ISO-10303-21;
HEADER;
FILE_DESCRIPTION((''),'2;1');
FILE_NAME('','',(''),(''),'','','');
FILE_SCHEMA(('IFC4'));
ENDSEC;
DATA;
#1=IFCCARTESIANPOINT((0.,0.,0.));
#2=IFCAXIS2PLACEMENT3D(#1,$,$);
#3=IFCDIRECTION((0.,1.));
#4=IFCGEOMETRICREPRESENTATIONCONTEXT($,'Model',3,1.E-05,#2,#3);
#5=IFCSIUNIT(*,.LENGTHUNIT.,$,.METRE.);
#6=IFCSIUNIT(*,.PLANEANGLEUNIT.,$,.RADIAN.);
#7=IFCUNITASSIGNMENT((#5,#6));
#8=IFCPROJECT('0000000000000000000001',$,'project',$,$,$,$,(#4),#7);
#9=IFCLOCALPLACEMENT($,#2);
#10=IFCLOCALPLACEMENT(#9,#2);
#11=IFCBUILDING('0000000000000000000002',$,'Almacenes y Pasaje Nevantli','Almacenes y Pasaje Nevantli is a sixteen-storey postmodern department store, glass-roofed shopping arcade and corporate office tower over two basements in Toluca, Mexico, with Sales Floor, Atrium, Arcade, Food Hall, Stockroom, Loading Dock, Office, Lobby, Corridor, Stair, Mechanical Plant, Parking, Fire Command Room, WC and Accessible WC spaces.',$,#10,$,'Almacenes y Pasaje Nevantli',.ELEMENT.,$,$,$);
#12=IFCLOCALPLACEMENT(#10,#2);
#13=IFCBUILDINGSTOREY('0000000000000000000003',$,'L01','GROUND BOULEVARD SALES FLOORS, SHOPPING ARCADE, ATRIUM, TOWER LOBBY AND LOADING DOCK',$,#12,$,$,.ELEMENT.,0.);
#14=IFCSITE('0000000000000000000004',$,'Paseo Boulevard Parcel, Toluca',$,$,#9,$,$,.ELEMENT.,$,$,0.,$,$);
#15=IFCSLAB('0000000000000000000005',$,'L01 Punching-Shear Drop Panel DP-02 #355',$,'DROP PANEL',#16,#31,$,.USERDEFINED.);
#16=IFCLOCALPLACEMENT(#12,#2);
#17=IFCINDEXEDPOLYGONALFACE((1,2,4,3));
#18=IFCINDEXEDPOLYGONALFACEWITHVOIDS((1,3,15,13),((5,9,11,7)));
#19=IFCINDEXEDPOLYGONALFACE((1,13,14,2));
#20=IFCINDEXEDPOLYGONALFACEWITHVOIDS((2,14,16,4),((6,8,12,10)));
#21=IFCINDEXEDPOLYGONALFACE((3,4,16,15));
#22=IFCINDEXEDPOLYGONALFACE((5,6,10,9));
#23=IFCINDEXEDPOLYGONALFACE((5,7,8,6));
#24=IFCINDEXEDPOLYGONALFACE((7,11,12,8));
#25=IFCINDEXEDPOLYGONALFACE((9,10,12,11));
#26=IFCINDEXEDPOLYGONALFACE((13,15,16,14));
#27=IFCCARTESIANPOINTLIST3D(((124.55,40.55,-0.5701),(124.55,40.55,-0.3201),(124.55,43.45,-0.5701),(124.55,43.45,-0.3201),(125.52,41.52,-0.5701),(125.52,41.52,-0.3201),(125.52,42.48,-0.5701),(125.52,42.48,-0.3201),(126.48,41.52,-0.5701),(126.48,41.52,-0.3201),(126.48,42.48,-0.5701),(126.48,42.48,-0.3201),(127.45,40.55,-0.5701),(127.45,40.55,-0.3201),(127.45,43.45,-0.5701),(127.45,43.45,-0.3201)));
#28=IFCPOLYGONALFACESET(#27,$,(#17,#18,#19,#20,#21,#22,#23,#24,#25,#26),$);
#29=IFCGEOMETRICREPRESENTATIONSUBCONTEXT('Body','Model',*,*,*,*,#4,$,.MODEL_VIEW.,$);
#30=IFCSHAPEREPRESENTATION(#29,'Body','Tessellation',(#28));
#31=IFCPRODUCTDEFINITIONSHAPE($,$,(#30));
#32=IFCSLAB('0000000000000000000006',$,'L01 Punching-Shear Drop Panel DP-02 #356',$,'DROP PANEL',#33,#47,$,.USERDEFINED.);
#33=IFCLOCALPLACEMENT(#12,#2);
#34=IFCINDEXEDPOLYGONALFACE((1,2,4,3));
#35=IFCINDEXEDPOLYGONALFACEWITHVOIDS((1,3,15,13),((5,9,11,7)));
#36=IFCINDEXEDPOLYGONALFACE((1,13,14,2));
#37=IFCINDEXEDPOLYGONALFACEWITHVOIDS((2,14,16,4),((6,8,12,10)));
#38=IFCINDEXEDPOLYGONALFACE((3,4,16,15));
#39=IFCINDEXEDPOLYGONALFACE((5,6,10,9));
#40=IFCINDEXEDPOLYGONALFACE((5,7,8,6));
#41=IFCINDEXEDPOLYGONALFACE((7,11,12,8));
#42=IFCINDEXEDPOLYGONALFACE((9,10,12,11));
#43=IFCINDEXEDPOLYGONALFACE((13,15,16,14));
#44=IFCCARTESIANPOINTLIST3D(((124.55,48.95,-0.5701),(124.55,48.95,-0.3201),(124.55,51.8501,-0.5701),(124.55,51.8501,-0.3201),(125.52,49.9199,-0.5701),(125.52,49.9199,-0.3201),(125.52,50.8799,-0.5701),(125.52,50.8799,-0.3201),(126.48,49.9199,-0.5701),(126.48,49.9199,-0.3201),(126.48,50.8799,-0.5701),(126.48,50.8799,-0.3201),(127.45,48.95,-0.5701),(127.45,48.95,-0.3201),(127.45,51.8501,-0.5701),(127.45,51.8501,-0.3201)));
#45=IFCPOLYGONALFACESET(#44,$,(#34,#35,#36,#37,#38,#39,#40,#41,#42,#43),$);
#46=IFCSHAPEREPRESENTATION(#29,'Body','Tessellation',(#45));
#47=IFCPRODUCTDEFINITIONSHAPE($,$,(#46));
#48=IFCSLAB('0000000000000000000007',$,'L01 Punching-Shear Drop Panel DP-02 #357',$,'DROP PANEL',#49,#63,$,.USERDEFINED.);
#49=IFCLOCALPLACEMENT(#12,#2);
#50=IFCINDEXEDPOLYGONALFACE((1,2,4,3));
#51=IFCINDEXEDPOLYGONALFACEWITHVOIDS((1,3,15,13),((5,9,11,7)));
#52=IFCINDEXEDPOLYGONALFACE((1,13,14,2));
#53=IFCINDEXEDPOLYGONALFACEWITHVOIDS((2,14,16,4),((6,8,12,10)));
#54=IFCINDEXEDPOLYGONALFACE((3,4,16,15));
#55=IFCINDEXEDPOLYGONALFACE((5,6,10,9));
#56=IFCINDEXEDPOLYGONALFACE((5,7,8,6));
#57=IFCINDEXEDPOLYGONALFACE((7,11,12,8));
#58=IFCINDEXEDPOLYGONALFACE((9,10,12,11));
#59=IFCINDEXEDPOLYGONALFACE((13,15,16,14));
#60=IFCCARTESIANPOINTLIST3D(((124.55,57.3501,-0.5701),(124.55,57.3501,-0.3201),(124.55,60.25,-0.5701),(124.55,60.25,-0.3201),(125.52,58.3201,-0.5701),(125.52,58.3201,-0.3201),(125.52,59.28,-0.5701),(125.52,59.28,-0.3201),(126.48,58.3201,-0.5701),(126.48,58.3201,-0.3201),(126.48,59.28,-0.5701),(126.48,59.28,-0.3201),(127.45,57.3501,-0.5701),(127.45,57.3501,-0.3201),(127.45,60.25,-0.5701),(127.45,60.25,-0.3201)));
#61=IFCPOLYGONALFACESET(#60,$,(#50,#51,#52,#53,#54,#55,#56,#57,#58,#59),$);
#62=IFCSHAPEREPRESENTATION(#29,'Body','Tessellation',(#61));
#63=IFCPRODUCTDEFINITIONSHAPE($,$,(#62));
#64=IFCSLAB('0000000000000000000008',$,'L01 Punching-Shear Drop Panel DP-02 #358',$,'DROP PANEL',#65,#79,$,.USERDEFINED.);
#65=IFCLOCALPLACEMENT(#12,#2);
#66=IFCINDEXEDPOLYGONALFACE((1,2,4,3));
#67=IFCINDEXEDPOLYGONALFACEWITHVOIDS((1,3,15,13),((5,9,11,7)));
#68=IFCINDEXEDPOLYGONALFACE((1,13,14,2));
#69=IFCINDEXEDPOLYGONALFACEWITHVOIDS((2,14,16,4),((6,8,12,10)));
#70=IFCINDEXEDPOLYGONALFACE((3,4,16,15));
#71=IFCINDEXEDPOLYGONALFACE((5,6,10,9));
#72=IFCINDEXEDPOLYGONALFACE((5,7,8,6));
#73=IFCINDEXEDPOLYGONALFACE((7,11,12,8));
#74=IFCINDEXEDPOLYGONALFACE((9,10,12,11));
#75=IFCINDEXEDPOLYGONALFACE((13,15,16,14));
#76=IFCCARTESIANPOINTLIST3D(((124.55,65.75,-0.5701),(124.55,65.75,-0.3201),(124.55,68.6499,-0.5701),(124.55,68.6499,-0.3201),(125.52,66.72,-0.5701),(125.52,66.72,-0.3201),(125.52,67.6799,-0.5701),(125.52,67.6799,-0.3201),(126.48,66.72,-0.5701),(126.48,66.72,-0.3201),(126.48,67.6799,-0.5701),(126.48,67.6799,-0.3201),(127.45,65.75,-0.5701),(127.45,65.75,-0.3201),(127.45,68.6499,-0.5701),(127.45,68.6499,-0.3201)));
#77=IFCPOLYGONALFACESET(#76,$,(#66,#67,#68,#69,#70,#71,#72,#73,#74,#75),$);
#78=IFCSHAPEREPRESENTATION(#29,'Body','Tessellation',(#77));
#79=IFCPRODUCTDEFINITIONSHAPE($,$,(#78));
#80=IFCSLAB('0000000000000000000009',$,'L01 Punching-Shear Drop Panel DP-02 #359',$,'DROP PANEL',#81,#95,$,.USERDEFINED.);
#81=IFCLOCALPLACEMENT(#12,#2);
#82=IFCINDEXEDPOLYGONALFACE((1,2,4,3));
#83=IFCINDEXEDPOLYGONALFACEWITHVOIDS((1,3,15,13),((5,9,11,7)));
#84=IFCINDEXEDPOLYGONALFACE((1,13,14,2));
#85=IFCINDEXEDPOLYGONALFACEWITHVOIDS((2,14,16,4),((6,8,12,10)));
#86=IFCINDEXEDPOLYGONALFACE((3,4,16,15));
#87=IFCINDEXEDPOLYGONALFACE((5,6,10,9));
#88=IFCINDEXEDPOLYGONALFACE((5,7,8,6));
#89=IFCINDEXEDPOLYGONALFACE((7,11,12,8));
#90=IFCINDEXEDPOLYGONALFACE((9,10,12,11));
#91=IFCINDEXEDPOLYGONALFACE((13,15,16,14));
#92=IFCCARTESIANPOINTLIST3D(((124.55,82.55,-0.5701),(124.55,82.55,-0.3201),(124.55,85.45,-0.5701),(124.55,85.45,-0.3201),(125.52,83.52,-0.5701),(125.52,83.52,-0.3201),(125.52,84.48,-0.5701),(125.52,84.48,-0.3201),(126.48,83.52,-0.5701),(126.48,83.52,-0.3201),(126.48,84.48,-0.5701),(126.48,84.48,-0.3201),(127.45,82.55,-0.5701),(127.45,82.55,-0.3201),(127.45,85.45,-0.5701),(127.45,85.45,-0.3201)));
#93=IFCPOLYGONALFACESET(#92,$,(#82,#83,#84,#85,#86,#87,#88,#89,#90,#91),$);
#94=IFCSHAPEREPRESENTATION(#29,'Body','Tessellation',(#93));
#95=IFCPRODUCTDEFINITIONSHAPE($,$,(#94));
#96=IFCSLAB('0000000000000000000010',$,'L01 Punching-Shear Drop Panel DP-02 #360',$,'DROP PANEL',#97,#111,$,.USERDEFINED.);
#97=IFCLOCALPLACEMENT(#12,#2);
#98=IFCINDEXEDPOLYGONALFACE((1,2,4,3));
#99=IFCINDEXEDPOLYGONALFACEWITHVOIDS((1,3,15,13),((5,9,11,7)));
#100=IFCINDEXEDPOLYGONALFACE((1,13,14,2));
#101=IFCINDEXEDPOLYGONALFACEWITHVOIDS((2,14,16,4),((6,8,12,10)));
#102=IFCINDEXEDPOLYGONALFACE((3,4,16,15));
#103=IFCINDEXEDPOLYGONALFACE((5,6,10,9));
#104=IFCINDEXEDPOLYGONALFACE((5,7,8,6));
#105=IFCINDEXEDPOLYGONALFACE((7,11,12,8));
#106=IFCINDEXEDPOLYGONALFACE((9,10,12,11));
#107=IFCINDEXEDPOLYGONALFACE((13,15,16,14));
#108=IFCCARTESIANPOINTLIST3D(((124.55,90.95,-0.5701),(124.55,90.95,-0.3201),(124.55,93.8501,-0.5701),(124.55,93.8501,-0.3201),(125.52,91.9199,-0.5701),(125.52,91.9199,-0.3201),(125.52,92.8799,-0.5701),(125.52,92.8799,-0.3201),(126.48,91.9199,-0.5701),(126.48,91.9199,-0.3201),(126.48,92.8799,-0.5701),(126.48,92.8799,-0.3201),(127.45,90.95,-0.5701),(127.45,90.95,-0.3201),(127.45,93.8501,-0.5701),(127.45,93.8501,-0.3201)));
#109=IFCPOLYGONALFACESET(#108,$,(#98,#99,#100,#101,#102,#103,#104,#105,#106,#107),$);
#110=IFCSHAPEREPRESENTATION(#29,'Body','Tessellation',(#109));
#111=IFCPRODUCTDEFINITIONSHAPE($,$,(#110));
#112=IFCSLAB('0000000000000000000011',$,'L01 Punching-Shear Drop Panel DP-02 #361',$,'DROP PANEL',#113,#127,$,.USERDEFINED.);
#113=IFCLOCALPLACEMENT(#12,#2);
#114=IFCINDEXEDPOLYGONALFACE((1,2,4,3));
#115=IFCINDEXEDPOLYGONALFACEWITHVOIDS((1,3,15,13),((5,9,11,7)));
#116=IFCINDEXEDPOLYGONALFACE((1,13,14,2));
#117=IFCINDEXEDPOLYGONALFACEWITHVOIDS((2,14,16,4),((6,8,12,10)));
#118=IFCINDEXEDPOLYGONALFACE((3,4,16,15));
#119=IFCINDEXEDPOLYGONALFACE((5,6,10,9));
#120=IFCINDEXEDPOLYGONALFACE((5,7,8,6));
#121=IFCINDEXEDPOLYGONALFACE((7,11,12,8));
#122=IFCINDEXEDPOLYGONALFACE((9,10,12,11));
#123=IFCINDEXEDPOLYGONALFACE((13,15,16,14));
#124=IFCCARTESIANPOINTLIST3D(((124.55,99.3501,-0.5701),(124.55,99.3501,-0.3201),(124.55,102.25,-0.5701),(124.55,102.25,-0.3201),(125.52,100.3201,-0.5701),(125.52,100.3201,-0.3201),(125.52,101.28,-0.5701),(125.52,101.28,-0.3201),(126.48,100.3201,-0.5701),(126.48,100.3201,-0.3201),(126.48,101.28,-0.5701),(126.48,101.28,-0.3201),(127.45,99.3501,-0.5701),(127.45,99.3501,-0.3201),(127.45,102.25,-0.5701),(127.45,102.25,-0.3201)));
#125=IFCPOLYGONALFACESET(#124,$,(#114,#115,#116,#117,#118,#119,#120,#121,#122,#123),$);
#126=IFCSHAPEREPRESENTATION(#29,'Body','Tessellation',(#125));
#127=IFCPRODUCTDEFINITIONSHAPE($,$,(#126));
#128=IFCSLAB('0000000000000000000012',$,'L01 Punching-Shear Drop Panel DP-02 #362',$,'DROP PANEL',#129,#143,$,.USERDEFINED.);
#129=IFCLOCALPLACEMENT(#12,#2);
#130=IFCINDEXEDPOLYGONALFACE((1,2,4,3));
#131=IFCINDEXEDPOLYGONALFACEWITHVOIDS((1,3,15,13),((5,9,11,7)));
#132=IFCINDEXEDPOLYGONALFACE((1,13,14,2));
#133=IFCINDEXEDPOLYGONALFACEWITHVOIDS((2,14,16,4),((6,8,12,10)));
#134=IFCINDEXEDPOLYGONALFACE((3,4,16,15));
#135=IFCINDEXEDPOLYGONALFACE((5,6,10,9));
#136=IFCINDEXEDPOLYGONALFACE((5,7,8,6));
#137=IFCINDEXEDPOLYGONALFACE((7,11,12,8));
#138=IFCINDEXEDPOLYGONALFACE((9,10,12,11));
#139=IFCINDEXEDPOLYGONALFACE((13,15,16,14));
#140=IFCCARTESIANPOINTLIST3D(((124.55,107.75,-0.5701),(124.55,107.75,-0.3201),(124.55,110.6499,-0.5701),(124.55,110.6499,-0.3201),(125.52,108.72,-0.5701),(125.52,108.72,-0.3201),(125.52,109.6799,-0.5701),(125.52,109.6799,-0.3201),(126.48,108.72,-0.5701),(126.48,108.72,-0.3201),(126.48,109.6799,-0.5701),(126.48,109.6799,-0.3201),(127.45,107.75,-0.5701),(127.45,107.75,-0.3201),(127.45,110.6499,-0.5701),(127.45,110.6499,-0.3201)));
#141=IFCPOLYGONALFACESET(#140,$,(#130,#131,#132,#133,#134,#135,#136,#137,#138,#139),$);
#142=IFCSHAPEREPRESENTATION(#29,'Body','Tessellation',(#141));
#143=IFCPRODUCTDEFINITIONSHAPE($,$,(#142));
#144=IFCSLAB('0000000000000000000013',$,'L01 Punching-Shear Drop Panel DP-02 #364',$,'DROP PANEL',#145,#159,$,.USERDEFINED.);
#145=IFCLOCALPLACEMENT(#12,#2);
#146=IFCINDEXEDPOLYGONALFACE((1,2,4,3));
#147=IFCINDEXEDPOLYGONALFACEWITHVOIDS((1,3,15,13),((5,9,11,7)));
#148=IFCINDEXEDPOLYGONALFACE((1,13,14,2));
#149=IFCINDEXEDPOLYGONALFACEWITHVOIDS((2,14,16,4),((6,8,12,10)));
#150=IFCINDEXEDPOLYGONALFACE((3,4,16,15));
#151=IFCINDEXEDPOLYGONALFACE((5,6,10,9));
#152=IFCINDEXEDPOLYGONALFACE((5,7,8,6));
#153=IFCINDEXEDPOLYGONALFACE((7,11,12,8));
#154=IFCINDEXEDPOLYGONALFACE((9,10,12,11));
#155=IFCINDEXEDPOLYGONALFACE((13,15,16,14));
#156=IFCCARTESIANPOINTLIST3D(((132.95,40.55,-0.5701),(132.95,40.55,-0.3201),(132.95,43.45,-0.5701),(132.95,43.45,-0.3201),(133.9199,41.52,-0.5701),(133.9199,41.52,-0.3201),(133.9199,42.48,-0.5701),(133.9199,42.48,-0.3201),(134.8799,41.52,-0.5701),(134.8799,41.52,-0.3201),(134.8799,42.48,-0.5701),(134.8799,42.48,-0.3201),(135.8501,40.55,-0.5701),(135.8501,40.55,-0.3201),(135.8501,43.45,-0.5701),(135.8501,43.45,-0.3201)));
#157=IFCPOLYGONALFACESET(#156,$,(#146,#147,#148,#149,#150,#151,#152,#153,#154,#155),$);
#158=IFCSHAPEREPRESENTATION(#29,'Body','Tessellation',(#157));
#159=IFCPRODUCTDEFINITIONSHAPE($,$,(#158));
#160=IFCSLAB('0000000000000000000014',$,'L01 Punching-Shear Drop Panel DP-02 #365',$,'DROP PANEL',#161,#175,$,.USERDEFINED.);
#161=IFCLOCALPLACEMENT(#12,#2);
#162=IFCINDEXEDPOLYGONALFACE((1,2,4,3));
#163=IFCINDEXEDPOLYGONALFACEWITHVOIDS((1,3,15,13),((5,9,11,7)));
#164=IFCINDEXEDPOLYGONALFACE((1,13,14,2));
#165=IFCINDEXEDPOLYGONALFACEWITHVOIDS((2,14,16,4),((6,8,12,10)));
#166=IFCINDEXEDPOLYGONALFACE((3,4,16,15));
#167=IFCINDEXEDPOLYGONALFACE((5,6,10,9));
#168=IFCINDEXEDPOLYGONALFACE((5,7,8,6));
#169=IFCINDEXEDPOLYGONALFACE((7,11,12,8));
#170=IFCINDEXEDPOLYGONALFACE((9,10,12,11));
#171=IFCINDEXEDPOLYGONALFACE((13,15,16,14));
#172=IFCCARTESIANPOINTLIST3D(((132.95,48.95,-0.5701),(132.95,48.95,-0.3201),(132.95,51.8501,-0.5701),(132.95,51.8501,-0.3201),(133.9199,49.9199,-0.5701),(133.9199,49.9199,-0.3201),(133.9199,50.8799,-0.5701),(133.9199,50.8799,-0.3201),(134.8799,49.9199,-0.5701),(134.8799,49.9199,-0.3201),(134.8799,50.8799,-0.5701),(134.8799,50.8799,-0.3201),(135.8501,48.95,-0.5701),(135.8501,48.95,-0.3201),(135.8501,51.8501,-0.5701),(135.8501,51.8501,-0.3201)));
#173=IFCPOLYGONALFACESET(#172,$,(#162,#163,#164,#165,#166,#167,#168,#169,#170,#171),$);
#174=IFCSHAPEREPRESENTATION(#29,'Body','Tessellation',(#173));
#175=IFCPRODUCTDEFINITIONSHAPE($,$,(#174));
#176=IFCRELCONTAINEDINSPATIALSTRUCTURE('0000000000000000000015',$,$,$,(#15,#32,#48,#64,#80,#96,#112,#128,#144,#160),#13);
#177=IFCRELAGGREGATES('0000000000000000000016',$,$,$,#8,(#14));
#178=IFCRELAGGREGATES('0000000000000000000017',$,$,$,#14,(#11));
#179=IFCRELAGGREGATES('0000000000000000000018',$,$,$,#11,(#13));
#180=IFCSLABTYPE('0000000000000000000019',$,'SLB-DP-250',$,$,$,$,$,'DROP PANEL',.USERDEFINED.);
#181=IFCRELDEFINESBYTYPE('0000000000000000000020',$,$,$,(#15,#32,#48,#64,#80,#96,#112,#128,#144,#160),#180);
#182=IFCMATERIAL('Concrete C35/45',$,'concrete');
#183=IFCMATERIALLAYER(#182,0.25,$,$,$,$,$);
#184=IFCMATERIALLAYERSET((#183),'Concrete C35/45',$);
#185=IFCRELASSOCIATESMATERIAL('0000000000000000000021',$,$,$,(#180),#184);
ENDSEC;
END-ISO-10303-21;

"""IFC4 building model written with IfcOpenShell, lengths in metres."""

from ifc_helpers import new_model, si_unit, direction, frame, origin, place, context, subcontext, project, spatial, polyline, outline, extrude, material, layer, layer_set, type_object, element, save


model = new_model("IFC4")

# Units and contexts
model_context = context("Model", 3, precision=1e-05, world=origin(), true_north=direction((0.0, 1.0)))
body_context = subcontext(model_context, "Body", "Model", "MODEL_VIEW")
ifc_project = project(units=[si_unit("LENGTHUNIT", "METRE"), si_unit("PLANEANGLEUNIT", "RADIAN")], contexts=[model_context])

# Site, building, storey
site_placement = place(None, origin())
site = spatial("IfcSite", under=ifc_project, at=site_placement, Name="Paseo Boulevard Parcel, Toluca", CompositionType="ELEMENT", RefElevation=0.0)
building_placement = place(site_placement, origin())
building = spatial("IfcBuilding", under=site, at=building_placement, Name="Almacenes y Pasaje Nevantli", Description="Almacenes y Pasaje Nevantli is a sixteen-storey postmodern department store, glass-roofed shopping arcade and corporate office tower over two basements in Toluca, Mexico, with Sales Floor, Atrium, Arcade, Food Hall, Stockroom, Loading Dock, Office, Lobby, Corridor, Stair, Mechanical Plant, Parking, Fire Command Room, WC and Accessible WC spaces.", LongName="Almacenes y Pasaje Nevantli", CompositionType="ELEMENT")
storey_placement = place(building_placement, origin())
storey = spatial("IfcBuildingStorey", under=building, at=storey_placement, Name="L01", Description="GROUND BOULEVARD SALES FLOORS, SHOPPING ARCADE, ATRIUM, TOWER LOBBY AND LOADING DOCK", CompositionType="ELEMENT", Elevation=0.0)

# Slabs
ifc_material_1 = material(Name="Concrete C35/45", Category="concrete")
ifc_layer_1 = layer(ifc_material_1, 0.25)
ifc_layer_set_1 = layer_set([ifc_layer_1], Name="Concrete C35/45")
slab_type_1 = type_object("IfcSlabType", Name="SLB-DP-250", ElementType="DROP PANEL", PredefinedType="USERDEFINED", material=ifc_layer_set_1)
slab_1_placement = place(storey_placement, frame((0.0, 0.0, -0.5701)))
element("IfcSlab", 1, at=slab_1_placement, inside=storey, type_object=slab_type_1, Name="L01 Punching-Shear Drop Panel DP-02 #355", ObjectType="DROP PANEL", PredefinedType="USERDEFINED", context=body_context, shape_type="SweptSolid", body=[
    extrude(outline(polyline([(124.55, 40.55), (127.45, 40.55), (127.45, 43.45), (124.55, 43.45), (124.55, 40.55)]), holes=[polyline([(125.52, 41.52), (126.48, 41.52), (126.48, 42.48), (125.52, 42.48), (125.52, 41.52)])]), origin(), (0.0, 0.0, 1.0), 0.25),
])
slab_2_placement = place(storey_placement, frame((0.0, 0.0, -0.5701)))
element("IfcSlab", 2, at=slab_2_placement, inside=storey, type_object=slab_type_1, Name="L01 Punching-Shear Drop Panel DP-02 #356", ObjectType="DROP PANEL", PredefinedType="USERDEFINED", context=body_context, shape_type="SweptSolid", body=[
    extrude(outline(polyline([(124.55, 48.95), (127.45, 48.95), (127.45, 51.8501), (124.55, 51.8501), (124.55, 48.95)]), holes=[polyline([(125.52, 49.9199), (126.48, 49.9199), (126.48, 50.8799), (125.52, 50.8799), (125.52, 49.9199)])]), origin(), (0.0, 0.0, 1.0), 0.25),
])
slab_3_placement = place(storey_placement, frame((0.0, 0.0, -0.5701)))
element("IfcSlab", 3, at=slab_3_placement, inside=storey, type_object=slab_type_1, Name="L01 Punching-Shear Drop Panel DP-02 #357", ObjectType="DROP PANEL", PredefinedType="USERDEFINED", context=body_context, shape_type="SweptSolid", body=[
    extrude(outline(polyline([(124.55, 57.3501), (127.45, 57.3501), (127.45, 60.25), (124.55, 60.25), (124.55, 57.3501)]), holes=[polyline([(125.52, 58.3201), (126.48, 58.3201), (126.48, 59.28), (125.52, 59.28), (125.52, 58.3201)])]), origin(), (0.0, 0.0, 1.0), 0.25),
])
slab_4_placement = place(storey_placement, frame((0.0, 0.0, -0.5701)))
element("IfcSlab", 4, at=slab_4_placement, inside=storey, type_object=slab_type_1, Name="L01 Punching-Shear Drop Panel DP-02 #358", ObjectType="DROP PANEL", PredefinedType="USERDEFINED", context=body_context, shape_type="SweptSolid", body=[
    extrude(outline(polyline([(124.55, 65.75), (127.45, 65.75), (127.45, 68.6499), (124.55, 68.6499), (124.55, 65.75)]), holes=[polyline([(125.52, 66.72), (126.48, 66.72), (126.48, 67.6799), (125.52, 67.6799), (125.52, 66.72)])]), origin(), (0.0, 0.0, 1.0), 0.25),
])
slab_5_placement = place(storey_placement, frame((0.0, 0.0, -0.5701)))
element("IfcSlab", 5, at=slab_5_placement, inside=storey, type_object=slab_type_1, Name="L01 Punching-Shear Drop Panel DP-02 #359", ObjectType="DROP PANEL", PredefinedType="USERDEFINED", context=body_context, shape_type="SweptSolid", body=[
    extrude(outline(polyline([(124.55, 82.55), (127.45, 82.55), (127.45, 85.45), (124.55, 85.45), (124.55, 82.55)]), holes=[polyline([(125.52, 83.52), (126.48, 83.52), (126.48, 84.48), (125.52, 84.48), (125.52, 83.52)])]), origin(), (0.0, 0.0, 1.0), 0.25),
])
slab_6_placement = place(storey_placement, frame((0.0, 0.0, -0.5701)))
element("IfcSlab", 6, at=slab_6_placement, inside=storey, type_object=slab_type_1, Name="L01 Punching-Shear Drop Panel DP-02 #360", ObjectType="DROP PANEL", PredefinedType="USERDEFINED", context=body_context, shape_type="SweptSolid", body=[
    extrude(outline(polyline([(124.55, 90.95), (127.45, 90.95), (127.45, 93.8501), (124.55, 93.8501), (124.55, 90.95)]), holes=[polyline([(125.52, 91.9199), (126.48, 91.9199), (126.48, 92.8799), (125.52, 92.8799), (125.52, 91.9199)])]), origin(), (0.0, 0.0, 1.0), 0.25),
])
slab_7_placement = place(storey_placement, frame((0.0, 0.0, -0.5701)))
element("IfcSlab", 7, at=slab_7_placement, inside=storey, type_object=slab_type_1, Name="L01 Punching-Shear Drop Panel DP-02 #361", ObjectType="DROP PANEL", PredefinedType="USERDEFINED", context=body_context, shape_type="SweptSolid", body=[
    extrude(outline(polyline([(124.55, 99.3501), (127.45, 99.3501), (127.45, 102.25), (124.55, 102.25), (124.55, 99.3501)]), holes=[polyline([(125.52, 100.3201), (126.48, 100.3201), (126.48, 101.28), (125.52, 101.28), (125.52, 100.3201)])]), origin(), (0.0, 0.0, 1.0), 0.25),
])
slab_8_placement = place(storey_placement, frame((0.0, 0.0, -0.5701)))
element("IfcSlab", 8, at=slab_8_placement, inside=storey, type_object=slab_type_1, Name="L01 Punching-Shear Drop Panel DP-02 #362", ObjectType="DROP PANEL", PredefinedType="USERDEFINED", context=body_context, shape_type="SweptSolid", body=[
    extrude(outline(polyline([(124.55, 107.75), (127.45, 107.75), (127.45, 110.6499), (124.55, 110.6499), (124.55, 107.75)]), holes=[polyline([(125.52, 108.72), (126.48, 108.72), (126.48, 109.6799), (125.52, 109.6799), (125.52, 108.72)])]), origin(), (0.0, 0.0, 1.0), 0.25),
])
slab_9_placement = place(storey_placement, frame((0.0, 0.0, -0.5701)))
element("IfcSlab", 9, at=slab_9_placement, inside=storey, type_object=slab_type_1, Name="L01 Punching-Shear Drop Panel DP-02 #364", ObjectType="DROP PANEL", PredefinedType="USERDEFINED", context=body_context, shape_type="SweptSolid", body=[
    extrude(outline(polyline([(132.95, 40.55), (135.8501, 40.55), (135.8501, 43.45), (132.95, 43.45), (132.95, 40.55)]), holes=[polyline([(133.9199, 41.52), (134.8799, 41.52), (134.8799, 42.48), (133.9199, 42.48), (133.9199, 41.52)])]), origin(), (0.0, 0.0, 1.0), 0.25),
])
slab_10_placement = place(storey_placement, frame((0.0, 0.0, -0.5701)))
element("IfcSlab", 10, at=slab_10_placement, inside=storey, type_object=slab_type_1, Name="L01 Punching-Shear Drop Panel DP-02 #365", ObjectType="DROP PANEL", PredefinedType="USERDEFINED", context=body_context, shape_type="SweptSolid", body=[
    extrude(outline(polyline([(132.95, 48.95), (135.8501, 48.95), (135.8501, 51.8501), (132.95, 51.8501), (132.95, 48.95)]), holes=[polyline([(133.9199, 49.9199), (134.8799, 49.9199), (134.8799, 50.8799), (133.9199, 50.8799), (133.9199, 49.9199)])]), origin(), (0.0, 0.0, 1.0), 0.25),
])

save(model, "model.ifc")
